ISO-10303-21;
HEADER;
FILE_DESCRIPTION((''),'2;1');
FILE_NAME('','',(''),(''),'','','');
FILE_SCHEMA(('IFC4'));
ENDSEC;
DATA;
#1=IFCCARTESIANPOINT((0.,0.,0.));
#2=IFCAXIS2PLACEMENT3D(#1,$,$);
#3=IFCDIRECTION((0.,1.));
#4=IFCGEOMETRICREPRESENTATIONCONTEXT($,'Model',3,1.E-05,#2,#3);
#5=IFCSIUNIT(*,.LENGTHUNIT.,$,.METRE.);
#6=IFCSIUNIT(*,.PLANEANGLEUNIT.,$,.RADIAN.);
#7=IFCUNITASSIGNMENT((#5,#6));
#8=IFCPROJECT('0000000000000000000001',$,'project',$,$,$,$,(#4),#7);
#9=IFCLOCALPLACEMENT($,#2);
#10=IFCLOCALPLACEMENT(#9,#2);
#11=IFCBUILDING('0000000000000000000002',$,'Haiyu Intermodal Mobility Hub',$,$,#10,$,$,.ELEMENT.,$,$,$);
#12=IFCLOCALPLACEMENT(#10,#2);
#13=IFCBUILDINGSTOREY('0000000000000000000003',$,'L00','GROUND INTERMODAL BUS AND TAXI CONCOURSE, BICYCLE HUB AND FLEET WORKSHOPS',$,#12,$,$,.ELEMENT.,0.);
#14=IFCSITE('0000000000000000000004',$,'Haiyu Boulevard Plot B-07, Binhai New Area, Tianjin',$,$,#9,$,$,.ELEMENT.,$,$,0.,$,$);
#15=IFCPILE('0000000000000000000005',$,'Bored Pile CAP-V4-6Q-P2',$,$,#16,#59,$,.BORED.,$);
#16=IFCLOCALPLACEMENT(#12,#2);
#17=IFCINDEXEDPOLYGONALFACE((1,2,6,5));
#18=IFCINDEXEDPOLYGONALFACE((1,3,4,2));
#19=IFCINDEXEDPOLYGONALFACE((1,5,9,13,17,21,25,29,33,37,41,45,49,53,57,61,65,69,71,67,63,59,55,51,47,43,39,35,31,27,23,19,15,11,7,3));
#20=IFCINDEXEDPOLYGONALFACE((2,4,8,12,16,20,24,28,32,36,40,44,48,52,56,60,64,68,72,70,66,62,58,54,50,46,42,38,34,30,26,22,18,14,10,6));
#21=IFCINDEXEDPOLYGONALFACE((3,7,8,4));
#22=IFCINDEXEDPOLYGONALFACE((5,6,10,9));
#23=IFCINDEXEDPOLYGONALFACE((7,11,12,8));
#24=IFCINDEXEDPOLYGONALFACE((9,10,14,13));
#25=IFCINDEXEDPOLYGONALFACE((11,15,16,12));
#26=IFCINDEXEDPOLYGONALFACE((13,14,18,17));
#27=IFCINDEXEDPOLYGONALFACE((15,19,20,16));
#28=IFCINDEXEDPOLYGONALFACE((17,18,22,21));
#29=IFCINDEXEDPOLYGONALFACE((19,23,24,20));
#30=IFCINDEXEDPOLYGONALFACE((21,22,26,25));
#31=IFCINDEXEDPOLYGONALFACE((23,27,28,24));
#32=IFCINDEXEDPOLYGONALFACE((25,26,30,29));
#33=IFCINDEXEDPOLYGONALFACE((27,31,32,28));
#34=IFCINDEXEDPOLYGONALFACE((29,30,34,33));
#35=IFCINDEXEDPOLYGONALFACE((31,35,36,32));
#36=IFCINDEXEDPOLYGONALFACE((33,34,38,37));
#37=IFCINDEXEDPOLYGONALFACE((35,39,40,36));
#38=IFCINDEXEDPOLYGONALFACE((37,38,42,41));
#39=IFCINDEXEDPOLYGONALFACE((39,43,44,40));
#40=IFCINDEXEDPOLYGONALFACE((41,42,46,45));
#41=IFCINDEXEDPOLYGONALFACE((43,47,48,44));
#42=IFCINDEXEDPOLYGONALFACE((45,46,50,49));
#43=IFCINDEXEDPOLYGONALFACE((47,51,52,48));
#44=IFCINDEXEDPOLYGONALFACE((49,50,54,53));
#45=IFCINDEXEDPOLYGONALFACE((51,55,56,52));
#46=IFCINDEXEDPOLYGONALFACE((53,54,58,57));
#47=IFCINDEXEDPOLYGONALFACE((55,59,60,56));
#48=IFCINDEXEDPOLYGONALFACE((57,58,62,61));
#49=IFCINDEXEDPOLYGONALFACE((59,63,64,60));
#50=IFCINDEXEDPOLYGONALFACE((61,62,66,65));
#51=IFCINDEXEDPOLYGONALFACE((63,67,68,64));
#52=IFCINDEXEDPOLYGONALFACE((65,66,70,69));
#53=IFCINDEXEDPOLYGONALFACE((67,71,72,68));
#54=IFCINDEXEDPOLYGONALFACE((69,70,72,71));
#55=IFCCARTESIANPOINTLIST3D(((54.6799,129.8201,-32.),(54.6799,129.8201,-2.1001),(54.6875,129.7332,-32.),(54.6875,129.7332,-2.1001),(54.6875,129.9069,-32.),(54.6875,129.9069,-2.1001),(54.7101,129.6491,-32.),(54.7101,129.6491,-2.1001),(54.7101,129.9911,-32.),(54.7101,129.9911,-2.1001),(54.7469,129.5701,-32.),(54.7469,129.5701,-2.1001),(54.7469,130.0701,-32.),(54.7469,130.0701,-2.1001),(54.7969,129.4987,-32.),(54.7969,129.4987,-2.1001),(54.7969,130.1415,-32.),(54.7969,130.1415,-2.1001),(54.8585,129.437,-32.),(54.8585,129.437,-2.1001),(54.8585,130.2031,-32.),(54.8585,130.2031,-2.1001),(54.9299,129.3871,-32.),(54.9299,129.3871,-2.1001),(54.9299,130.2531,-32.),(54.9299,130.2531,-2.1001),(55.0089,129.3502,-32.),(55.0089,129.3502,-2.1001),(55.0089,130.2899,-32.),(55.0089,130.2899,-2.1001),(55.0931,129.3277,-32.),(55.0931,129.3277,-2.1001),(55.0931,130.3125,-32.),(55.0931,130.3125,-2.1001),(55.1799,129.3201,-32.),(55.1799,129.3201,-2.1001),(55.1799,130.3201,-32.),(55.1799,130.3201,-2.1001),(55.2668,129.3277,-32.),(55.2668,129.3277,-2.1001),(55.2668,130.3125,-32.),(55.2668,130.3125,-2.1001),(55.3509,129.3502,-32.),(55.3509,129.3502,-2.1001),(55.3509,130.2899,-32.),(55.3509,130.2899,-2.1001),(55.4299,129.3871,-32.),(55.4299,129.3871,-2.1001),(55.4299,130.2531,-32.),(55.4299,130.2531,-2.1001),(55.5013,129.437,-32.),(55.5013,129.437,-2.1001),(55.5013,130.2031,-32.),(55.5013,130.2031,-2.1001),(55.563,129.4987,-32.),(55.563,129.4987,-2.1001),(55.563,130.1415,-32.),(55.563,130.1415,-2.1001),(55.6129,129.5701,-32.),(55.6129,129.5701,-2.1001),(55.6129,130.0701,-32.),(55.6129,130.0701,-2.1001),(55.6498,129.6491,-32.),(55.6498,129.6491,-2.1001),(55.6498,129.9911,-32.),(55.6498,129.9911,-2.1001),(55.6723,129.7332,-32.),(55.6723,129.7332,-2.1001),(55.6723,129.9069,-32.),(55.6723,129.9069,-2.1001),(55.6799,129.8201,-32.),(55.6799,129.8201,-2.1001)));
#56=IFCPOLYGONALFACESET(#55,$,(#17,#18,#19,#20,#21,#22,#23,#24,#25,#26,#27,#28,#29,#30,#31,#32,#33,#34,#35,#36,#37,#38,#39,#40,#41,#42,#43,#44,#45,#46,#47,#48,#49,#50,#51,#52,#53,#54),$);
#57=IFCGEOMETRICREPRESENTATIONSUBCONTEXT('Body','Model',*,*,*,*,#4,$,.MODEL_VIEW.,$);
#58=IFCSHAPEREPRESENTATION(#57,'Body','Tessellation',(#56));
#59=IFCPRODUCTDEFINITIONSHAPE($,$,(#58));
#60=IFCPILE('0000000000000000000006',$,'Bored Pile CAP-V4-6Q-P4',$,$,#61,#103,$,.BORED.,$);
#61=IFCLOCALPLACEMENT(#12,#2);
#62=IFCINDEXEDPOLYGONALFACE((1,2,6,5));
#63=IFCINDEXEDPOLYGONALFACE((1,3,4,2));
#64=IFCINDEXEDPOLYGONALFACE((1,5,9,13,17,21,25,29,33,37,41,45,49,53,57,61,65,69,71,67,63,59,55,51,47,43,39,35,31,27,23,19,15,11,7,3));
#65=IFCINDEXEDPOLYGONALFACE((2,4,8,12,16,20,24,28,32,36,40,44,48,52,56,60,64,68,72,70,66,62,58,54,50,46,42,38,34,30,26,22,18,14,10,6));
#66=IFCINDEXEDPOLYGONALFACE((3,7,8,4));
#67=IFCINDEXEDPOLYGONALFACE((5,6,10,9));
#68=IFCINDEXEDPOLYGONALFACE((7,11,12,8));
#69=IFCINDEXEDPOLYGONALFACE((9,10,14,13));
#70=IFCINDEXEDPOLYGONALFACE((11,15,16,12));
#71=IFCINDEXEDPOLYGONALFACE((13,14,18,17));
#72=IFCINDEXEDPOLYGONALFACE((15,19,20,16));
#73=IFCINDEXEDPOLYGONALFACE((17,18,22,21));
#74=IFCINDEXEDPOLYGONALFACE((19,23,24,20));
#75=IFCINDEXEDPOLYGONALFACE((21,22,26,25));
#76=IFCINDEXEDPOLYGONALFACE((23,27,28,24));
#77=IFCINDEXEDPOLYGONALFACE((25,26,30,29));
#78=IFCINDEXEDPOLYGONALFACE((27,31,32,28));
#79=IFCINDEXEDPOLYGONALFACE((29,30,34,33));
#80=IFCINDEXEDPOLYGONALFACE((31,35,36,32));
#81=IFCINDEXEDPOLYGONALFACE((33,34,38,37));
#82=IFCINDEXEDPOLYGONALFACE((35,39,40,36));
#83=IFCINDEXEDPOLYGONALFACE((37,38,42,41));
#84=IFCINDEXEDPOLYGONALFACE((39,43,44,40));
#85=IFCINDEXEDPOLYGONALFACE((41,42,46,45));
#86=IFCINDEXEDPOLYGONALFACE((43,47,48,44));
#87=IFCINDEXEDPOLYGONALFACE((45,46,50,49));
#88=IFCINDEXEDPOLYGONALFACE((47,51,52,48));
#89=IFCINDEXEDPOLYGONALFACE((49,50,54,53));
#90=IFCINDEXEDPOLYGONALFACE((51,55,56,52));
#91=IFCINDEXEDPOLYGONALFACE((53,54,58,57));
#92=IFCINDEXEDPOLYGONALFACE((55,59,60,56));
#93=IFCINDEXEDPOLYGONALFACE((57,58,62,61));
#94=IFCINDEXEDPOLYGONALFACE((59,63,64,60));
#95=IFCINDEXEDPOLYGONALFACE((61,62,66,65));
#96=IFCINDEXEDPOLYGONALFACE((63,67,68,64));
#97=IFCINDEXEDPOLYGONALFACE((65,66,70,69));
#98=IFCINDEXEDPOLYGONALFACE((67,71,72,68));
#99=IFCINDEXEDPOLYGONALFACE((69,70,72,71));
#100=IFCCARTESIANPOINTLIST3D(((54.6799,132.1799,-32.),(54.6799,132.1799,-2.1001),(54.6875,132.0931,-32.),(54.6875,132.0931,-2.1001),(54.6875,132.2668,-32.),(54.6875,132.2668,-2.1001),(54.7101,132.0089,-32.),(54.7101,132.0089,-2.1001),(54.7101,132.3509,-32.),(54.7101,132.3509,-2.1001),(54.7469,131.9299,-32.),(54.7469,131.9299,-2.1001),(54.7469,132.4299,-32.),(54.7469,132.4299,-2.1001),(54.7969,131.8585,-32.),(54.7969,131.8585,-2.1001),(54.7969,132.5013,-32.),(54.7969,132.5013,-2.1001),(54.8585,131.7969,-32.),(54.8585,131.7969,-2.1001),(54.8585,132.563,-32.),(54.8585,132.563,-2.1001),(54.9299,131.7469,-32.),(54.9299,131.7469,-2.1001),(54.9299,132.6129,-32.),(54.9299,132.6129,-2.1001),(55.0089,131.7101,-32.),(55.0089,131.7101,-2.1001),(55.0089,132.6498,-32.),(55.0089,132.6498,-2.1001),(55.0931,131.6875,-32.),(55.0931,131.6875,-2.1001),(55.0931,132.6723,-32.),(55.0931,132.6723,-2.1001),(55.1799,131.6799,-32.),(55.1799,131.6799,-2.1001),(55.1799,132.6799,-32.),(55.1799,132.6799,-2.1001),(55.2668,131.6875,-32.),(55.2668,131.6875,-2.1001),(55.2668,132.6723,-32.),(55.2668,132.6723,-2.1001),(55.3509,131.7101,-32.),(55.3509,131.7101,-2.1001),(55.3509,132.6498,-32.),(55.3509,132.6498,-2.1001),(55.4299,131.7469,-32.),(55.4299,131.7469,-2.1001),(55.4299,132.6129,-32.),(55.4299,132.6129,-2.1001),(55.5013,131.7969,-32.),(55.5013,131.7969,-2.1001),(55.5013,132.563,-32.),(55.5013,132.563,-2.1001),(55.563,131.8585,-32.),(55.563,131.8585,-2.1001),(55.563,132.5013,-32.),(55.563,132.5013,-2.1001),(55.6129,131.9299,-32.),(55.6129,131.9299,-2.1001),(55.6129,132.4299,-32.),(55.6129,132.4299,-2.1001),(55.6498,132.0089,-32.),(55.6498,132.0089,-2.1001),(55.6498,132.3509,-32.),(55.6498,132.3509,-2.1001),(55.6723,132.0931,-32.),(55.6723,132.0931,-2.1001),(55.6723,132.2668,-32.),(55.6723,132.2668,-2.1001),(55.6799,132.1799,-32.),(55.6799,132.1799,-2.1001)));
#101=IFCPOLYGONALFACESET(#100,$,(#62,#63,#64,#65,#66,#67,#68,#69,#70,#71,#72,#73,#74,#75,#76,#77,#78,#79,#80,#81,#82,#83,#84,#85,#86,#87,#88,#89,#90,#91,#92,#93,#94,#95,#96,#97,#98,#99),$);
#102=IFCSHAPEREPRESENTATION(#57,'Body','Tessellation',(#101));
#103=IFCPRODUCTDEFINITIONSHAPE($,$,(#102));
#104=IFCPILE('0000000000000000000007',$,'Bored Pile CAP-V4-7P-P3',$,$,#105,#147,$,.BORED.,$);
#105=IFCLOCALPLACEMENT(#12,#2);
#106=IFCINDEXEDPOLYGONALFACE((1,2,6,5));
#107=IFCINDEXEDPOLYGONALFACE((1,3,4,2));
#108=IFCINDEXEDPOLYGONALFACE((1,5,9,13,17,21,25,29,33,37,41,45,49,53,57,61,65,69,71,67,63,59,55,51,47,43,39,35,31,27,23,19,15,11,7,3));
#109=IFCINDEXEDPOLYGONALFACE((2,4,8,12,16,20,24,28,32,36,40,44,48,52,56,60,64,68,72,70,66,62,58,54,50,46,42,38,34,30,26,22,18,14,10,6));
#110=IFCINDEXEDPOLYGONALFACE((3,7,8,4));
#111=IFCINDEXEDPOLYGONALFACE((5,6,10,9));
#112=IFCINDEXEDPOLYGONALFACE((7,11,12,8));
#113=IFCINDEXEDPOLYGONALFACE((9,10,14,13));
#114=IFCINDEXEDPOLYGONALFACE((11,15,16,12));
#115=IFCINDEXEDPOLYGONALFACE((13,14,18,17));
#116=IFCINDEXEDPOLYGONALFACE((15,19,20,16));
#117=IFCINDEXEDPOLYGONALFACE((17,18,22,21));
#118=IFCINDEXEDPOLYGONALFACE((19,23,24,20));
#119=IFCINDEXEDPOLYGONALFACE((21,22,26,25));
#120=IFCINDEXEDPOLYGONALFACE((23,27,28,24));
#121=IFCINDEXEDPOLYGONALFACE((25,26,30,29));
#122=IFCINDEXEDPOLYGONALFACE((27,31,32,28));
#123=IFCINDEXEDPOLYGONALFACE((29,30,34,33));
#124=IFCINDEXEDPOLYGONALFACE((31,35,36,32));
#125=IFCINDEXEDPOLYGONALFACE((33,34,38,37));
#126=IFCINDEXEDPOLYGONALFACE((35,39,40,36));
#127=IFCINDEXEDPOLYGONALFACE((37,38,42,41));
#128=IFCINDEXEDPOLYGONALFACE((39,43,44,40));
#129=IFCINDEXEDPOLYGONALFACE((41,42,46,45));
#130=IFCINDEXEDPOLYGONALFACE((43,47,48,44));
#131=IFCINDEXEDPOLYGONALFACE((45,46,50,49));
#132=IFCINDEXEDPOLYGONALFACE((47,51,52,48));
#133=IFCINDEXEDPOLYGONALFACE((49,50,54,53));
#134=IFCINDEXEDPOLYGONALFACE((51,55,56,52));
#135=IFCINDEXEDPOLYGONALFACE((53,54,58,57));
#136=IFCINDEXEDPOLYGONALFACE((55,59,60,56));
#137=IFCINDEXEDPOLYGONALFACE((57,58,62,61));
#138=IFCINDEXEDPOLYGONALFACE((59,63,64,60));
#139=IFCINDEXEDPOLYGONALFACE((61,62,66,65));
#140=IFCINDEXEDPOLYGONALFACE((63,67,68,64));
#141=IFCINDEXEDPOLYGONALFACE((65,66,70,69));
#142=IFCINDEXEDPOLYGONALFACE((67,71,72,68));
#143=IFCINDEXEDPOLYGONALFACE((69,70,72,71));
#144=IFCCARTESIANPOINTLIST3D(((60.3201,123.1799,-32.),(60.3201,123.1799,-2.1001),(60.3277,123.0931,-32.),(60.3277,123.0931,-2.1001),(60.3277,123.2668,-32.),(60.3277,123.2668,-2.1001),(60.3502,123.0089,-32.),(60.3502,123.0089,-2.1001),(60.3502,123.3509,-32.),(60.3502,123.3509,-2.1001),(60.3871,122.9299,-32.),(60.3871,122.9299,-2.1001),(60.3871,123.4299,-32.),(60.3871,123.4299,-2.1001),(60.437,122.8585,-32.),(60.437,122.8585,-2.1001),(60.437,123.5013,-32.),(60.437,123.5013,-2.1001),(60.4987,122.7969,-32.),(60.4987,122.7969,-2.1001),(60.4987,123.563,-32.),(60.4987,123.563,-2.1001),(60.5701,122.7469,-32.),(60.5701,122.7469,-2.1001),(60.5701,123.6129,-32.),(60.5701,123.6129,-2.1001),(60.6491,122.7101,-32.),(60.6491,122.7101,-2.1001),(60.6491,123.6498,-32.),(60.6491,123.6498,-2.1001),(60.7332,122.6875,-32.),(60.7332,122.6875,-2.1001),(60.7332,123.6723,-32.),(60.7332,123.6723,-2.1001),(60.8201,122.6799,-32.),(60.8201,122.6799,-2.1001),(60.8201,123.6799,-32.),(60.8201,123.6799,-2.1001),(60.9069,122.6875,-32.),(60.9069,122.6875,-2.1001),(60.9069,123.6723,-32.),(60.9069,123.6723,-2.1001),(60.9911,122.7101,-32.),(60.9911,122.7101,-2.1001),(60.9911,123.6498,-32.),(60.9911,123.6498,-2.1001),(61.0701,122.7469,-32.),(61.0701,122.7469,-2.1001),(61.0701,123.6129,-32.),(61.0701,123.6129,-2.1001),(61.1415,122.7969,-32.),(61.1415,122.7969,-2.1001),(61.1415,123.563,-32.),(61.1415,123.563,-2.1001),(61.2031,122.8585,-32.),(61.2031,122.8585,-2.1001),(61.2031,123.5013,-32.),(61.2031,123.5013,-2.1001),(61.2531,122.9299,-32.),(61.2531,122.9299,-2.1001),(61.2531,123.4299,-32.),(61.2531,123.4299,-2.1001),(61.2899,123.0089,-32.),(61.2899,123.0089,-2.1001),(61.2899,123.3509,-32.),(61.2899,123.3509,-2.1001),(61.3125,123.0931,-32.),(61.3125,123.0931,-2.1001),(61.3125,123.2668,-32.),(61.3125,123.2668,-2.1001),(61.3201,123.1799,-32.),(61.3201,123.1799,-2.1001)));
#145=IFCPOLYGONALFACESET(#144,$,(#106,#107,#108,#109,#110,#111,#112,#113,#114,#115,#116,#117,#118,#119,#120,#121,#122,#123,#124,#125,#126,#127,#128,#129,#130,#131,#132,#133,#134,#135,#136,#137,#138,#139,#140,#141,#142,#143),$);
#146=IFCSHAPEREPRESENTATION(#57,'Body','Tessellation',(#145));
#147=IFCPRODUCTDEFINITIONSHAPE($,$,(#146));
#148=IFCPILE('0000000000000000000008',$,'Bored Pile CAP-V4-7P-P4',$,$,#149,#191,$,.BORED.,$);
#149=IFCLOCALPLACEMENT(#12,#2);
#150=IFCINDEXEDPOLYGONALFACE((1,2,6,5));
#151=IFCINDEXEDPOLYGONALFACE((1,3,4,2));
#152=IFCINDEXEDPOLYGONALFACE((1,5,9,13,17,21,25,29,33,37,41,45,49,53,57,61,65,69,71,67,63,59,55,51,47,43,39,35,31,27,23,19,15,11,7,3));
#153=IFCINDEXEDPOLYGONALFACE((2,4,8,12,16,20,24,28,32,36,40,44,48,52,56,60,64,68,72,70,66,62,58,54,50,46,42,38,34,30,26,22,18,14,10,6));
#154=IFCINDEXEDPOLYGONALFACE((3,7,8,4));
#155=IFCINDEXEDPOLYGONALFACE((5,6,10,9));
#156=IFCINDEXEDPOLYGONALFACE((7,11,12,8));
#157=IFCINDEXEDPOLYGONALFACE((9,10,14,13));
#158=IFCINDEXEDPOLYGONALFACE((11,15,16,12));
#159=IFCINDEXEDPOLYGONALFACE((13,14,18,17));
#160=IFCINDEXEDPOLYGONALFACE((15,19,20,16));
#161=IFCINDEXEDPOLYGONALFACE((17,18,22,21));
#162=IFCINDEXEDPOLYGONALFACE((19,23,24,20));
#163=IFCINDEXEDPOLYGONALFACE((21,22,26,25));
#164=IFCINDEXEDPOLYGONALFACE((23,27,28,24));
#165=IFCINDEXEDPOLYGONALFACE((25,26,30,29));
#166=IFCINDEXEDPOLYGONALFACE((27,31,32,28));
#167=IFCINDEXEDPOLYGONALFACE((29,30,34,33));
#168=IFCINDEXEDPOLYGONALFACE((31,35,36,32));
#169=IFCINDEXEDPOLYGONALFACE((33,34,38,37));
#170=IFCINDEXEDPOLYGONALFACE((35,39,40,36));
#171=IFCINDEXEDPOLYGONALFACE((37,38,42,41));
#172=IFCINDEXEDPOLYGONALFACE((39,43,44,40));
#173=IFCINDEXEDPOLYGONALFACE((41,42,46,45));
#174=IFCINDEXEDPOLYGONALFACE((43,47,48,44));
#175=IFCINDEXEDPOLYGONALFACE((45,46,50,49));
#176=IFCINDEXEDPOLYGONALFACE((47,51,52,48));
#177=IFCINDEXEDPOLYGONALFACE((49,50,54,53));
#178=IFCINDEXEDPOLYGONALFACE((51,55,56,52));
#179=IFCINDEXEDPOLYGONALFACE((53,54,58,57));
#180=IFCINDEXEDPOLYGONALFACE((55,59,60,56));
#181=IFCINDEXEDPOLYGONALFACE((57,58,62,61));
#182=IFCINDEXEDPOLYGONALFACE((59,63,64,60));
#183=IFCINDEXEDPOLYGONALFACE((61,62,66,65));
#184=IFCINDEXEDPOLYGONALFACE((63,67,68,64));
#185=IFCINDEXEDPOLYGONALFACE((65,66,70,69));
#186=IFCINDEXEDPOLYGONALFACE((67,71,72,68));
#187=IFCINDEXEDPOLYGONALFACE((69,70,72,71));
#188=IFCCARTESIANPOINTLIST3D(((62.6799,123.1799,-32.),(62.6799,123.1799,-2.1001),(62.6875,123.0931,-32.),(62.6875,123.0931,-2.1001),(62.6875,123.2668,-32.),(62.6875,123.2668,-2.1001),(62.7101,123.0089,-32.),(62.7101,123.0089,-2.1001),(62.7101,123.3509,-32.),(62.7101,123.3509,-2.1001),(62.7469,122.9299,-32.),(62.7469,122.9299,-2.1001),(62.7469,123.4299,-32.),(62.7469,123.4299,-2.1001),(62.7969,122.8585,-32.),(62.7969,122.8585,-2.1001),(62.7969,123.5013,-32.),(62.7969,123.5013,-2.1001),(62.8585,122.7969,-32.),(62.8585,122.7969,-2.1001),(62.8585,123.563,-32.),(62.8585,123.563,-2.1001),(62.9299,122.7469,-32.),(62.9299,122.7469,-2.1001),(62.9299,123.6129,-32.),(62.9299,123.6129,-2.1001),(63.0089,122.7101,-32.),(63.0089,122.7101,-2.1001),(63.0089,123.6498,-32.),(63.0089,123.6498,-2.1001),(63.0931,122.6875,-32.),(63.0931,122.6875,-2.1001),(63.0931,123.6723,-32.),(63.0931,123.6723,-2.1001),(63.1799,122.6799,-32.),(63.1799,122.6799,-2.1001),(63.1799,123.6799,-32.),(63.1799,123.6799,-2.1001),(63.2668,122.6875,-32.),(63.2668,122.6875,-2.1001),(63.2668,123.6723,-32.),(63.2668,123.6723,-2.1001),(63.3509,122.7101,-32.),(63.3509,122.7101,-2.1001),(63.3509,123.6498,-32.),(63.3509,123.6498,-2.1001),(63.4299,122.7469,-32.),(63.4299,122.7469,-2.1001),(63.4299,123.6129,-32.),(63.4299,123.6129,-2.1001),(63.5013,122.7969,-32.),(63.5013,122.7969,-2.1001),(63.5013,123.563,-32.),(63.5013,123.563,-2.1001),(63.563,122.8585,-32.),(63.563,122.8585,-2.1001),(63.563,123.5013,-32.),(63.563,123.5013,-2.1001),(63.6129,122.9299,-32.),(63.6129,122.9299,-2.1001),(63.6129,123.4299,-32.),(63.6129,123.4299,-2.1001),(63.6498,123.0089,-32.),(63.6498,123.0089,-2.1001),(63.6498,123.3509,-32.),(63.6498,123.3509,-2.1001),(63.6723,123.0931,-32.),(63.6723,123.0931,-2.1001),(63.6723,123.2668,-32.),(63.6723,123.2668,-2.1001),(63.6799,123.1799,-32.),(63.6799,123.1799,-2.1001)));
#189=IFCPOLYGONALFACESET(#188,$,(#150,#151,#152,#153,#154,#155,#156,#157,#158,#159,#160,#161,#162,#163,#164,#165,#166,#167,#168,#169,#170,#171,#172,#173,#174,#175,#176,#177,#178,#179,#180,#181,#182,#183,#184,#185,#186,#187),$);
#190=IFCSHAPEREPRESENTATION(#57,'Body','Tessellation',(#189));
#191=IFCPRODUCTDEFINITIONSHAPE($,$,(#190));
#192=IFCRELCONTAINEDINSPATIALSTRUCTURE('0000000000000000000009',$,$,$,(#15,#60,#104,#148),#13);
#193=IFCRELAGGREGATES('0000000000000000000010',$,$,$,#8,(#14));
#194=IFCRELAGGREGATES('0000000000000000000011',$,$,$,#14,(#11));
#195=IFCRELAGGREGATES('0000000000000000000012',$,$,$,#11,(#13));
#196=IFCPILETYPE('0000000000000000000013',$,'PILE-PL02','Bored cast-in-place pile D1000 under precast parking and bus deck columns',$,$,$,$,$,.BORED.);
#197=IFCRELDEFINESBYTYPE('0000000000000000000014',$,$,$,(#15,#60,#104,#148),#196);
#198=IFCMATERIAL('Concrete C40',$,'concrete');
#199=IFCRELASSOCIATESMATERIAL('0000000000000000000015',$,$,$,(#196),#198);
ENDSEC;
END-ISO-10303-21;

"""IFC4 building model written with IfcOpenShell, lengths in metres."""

from ifc_helpers import new_model, si_unit, direction, frame, origin, origin_2d, place, context, subcontext, project, spatial, circle, extrude, material, material_profile, profile_set, type_object, element, save


model = new_model("IFC4")

# Units and contexts
model_context = context("Model", 3, precision=1e-05, world=origin(), true_north=direction((0.0, 1.0)))
body_context = subcontext(model_context, "Body", "Model", "MODEL_VIEW")
ifc_project = project(units=[si_unit("LENGTHUNIT", "METRE"), si_unit("PLANEANGLEUNIT", "RADIAN")], contexts=[model_context])

# Site, building, storey
site_placement = place(None, origin())
site = spatial("IfcSite", under=ifc_project, at=site_placement, Name="Haiyu Boulevard Plot B-07, Binhai New Area, Tianjin", CompositionType="ELEMENT", RefElevation=0.0)
building_placement = place(site_placement, origin())
building = spatial("IfcBuilding", under=site, at=building_placement, Name="Haiyu Intermodal Mobility Hub", CompositionType="ELEMENT")
storey_placement = place(building_placement, origin())
storey = spatial("IfcBuildingStorey", under=building, at=storey_placement, Name="L00", Description="GROUND INTERMODAL BUS AND TAXI CONCOURSE, BICYCLE HUB AND FLEET WORKSHOPS", CompositionType="ELEMENT", Elevation=0.0)

# Shared definitions
ifc_material_1 = material(Name="Concrete C40", Category="concrete")

# Piles
ifc_material_profile_1 = material_profile(ifc_material_1, circle(Radius=0.5, at=origin_2d()), Name="PILE-D1000")
ifc_profile_set_1 = profile_set([ifc_material_profile_1], Name="Concrete C40")
pile_type = type_object("IfcPileType", Name="PILE-PL02", Description="Bored cast-in-place pile D1000 under precast parking and bus deck columns", PredefinedType="BORED", material=ifc_profile_set_1)
for number, where, z_axis, x_axis, name in (
    (1, (55.1799, 129.8201, -2.1001), (0.0, 0.0, -1.0), (1.0, 0.0, 0.0), "Bored Pile CAP-V4-6Q-P2"),
    (2, (55.1799, 132.1799, -2.1001), (0.0, 0.0, -1.0), (1.0, 0.0, 0.0), "Bored Pile CAP-V4-6Q-P4"),
    (3, (60.8201, 123.1799, -2.1001), (0.0, 0.0, -1.0), (1.0, 0.0, 0.0), "Bored Pile CAP-V4-7P-P3"),
    (4, (63.1799, 123.1799, -2.1001), (0.0, 0.0, -1.0), (1.0, 0.0, 0.0), "Bored Pile CAP-V4-7P-P4"),
):
    element("IfcPile", number, at=place(storey_placement, frame(where, z_axis=z_axis, x_axis=x_axis)), inside=storey, type_object=pile_type, Name=name, PredefinedType="BORED", context=body_context, shape_type="SweptSolid", body=[
        extrude(circle(Radius=0.5, at=origin_2d()), origin(), (0.0, 0.0, 1.0), 29.8999),
    ])

save(model, "model.ifc")
